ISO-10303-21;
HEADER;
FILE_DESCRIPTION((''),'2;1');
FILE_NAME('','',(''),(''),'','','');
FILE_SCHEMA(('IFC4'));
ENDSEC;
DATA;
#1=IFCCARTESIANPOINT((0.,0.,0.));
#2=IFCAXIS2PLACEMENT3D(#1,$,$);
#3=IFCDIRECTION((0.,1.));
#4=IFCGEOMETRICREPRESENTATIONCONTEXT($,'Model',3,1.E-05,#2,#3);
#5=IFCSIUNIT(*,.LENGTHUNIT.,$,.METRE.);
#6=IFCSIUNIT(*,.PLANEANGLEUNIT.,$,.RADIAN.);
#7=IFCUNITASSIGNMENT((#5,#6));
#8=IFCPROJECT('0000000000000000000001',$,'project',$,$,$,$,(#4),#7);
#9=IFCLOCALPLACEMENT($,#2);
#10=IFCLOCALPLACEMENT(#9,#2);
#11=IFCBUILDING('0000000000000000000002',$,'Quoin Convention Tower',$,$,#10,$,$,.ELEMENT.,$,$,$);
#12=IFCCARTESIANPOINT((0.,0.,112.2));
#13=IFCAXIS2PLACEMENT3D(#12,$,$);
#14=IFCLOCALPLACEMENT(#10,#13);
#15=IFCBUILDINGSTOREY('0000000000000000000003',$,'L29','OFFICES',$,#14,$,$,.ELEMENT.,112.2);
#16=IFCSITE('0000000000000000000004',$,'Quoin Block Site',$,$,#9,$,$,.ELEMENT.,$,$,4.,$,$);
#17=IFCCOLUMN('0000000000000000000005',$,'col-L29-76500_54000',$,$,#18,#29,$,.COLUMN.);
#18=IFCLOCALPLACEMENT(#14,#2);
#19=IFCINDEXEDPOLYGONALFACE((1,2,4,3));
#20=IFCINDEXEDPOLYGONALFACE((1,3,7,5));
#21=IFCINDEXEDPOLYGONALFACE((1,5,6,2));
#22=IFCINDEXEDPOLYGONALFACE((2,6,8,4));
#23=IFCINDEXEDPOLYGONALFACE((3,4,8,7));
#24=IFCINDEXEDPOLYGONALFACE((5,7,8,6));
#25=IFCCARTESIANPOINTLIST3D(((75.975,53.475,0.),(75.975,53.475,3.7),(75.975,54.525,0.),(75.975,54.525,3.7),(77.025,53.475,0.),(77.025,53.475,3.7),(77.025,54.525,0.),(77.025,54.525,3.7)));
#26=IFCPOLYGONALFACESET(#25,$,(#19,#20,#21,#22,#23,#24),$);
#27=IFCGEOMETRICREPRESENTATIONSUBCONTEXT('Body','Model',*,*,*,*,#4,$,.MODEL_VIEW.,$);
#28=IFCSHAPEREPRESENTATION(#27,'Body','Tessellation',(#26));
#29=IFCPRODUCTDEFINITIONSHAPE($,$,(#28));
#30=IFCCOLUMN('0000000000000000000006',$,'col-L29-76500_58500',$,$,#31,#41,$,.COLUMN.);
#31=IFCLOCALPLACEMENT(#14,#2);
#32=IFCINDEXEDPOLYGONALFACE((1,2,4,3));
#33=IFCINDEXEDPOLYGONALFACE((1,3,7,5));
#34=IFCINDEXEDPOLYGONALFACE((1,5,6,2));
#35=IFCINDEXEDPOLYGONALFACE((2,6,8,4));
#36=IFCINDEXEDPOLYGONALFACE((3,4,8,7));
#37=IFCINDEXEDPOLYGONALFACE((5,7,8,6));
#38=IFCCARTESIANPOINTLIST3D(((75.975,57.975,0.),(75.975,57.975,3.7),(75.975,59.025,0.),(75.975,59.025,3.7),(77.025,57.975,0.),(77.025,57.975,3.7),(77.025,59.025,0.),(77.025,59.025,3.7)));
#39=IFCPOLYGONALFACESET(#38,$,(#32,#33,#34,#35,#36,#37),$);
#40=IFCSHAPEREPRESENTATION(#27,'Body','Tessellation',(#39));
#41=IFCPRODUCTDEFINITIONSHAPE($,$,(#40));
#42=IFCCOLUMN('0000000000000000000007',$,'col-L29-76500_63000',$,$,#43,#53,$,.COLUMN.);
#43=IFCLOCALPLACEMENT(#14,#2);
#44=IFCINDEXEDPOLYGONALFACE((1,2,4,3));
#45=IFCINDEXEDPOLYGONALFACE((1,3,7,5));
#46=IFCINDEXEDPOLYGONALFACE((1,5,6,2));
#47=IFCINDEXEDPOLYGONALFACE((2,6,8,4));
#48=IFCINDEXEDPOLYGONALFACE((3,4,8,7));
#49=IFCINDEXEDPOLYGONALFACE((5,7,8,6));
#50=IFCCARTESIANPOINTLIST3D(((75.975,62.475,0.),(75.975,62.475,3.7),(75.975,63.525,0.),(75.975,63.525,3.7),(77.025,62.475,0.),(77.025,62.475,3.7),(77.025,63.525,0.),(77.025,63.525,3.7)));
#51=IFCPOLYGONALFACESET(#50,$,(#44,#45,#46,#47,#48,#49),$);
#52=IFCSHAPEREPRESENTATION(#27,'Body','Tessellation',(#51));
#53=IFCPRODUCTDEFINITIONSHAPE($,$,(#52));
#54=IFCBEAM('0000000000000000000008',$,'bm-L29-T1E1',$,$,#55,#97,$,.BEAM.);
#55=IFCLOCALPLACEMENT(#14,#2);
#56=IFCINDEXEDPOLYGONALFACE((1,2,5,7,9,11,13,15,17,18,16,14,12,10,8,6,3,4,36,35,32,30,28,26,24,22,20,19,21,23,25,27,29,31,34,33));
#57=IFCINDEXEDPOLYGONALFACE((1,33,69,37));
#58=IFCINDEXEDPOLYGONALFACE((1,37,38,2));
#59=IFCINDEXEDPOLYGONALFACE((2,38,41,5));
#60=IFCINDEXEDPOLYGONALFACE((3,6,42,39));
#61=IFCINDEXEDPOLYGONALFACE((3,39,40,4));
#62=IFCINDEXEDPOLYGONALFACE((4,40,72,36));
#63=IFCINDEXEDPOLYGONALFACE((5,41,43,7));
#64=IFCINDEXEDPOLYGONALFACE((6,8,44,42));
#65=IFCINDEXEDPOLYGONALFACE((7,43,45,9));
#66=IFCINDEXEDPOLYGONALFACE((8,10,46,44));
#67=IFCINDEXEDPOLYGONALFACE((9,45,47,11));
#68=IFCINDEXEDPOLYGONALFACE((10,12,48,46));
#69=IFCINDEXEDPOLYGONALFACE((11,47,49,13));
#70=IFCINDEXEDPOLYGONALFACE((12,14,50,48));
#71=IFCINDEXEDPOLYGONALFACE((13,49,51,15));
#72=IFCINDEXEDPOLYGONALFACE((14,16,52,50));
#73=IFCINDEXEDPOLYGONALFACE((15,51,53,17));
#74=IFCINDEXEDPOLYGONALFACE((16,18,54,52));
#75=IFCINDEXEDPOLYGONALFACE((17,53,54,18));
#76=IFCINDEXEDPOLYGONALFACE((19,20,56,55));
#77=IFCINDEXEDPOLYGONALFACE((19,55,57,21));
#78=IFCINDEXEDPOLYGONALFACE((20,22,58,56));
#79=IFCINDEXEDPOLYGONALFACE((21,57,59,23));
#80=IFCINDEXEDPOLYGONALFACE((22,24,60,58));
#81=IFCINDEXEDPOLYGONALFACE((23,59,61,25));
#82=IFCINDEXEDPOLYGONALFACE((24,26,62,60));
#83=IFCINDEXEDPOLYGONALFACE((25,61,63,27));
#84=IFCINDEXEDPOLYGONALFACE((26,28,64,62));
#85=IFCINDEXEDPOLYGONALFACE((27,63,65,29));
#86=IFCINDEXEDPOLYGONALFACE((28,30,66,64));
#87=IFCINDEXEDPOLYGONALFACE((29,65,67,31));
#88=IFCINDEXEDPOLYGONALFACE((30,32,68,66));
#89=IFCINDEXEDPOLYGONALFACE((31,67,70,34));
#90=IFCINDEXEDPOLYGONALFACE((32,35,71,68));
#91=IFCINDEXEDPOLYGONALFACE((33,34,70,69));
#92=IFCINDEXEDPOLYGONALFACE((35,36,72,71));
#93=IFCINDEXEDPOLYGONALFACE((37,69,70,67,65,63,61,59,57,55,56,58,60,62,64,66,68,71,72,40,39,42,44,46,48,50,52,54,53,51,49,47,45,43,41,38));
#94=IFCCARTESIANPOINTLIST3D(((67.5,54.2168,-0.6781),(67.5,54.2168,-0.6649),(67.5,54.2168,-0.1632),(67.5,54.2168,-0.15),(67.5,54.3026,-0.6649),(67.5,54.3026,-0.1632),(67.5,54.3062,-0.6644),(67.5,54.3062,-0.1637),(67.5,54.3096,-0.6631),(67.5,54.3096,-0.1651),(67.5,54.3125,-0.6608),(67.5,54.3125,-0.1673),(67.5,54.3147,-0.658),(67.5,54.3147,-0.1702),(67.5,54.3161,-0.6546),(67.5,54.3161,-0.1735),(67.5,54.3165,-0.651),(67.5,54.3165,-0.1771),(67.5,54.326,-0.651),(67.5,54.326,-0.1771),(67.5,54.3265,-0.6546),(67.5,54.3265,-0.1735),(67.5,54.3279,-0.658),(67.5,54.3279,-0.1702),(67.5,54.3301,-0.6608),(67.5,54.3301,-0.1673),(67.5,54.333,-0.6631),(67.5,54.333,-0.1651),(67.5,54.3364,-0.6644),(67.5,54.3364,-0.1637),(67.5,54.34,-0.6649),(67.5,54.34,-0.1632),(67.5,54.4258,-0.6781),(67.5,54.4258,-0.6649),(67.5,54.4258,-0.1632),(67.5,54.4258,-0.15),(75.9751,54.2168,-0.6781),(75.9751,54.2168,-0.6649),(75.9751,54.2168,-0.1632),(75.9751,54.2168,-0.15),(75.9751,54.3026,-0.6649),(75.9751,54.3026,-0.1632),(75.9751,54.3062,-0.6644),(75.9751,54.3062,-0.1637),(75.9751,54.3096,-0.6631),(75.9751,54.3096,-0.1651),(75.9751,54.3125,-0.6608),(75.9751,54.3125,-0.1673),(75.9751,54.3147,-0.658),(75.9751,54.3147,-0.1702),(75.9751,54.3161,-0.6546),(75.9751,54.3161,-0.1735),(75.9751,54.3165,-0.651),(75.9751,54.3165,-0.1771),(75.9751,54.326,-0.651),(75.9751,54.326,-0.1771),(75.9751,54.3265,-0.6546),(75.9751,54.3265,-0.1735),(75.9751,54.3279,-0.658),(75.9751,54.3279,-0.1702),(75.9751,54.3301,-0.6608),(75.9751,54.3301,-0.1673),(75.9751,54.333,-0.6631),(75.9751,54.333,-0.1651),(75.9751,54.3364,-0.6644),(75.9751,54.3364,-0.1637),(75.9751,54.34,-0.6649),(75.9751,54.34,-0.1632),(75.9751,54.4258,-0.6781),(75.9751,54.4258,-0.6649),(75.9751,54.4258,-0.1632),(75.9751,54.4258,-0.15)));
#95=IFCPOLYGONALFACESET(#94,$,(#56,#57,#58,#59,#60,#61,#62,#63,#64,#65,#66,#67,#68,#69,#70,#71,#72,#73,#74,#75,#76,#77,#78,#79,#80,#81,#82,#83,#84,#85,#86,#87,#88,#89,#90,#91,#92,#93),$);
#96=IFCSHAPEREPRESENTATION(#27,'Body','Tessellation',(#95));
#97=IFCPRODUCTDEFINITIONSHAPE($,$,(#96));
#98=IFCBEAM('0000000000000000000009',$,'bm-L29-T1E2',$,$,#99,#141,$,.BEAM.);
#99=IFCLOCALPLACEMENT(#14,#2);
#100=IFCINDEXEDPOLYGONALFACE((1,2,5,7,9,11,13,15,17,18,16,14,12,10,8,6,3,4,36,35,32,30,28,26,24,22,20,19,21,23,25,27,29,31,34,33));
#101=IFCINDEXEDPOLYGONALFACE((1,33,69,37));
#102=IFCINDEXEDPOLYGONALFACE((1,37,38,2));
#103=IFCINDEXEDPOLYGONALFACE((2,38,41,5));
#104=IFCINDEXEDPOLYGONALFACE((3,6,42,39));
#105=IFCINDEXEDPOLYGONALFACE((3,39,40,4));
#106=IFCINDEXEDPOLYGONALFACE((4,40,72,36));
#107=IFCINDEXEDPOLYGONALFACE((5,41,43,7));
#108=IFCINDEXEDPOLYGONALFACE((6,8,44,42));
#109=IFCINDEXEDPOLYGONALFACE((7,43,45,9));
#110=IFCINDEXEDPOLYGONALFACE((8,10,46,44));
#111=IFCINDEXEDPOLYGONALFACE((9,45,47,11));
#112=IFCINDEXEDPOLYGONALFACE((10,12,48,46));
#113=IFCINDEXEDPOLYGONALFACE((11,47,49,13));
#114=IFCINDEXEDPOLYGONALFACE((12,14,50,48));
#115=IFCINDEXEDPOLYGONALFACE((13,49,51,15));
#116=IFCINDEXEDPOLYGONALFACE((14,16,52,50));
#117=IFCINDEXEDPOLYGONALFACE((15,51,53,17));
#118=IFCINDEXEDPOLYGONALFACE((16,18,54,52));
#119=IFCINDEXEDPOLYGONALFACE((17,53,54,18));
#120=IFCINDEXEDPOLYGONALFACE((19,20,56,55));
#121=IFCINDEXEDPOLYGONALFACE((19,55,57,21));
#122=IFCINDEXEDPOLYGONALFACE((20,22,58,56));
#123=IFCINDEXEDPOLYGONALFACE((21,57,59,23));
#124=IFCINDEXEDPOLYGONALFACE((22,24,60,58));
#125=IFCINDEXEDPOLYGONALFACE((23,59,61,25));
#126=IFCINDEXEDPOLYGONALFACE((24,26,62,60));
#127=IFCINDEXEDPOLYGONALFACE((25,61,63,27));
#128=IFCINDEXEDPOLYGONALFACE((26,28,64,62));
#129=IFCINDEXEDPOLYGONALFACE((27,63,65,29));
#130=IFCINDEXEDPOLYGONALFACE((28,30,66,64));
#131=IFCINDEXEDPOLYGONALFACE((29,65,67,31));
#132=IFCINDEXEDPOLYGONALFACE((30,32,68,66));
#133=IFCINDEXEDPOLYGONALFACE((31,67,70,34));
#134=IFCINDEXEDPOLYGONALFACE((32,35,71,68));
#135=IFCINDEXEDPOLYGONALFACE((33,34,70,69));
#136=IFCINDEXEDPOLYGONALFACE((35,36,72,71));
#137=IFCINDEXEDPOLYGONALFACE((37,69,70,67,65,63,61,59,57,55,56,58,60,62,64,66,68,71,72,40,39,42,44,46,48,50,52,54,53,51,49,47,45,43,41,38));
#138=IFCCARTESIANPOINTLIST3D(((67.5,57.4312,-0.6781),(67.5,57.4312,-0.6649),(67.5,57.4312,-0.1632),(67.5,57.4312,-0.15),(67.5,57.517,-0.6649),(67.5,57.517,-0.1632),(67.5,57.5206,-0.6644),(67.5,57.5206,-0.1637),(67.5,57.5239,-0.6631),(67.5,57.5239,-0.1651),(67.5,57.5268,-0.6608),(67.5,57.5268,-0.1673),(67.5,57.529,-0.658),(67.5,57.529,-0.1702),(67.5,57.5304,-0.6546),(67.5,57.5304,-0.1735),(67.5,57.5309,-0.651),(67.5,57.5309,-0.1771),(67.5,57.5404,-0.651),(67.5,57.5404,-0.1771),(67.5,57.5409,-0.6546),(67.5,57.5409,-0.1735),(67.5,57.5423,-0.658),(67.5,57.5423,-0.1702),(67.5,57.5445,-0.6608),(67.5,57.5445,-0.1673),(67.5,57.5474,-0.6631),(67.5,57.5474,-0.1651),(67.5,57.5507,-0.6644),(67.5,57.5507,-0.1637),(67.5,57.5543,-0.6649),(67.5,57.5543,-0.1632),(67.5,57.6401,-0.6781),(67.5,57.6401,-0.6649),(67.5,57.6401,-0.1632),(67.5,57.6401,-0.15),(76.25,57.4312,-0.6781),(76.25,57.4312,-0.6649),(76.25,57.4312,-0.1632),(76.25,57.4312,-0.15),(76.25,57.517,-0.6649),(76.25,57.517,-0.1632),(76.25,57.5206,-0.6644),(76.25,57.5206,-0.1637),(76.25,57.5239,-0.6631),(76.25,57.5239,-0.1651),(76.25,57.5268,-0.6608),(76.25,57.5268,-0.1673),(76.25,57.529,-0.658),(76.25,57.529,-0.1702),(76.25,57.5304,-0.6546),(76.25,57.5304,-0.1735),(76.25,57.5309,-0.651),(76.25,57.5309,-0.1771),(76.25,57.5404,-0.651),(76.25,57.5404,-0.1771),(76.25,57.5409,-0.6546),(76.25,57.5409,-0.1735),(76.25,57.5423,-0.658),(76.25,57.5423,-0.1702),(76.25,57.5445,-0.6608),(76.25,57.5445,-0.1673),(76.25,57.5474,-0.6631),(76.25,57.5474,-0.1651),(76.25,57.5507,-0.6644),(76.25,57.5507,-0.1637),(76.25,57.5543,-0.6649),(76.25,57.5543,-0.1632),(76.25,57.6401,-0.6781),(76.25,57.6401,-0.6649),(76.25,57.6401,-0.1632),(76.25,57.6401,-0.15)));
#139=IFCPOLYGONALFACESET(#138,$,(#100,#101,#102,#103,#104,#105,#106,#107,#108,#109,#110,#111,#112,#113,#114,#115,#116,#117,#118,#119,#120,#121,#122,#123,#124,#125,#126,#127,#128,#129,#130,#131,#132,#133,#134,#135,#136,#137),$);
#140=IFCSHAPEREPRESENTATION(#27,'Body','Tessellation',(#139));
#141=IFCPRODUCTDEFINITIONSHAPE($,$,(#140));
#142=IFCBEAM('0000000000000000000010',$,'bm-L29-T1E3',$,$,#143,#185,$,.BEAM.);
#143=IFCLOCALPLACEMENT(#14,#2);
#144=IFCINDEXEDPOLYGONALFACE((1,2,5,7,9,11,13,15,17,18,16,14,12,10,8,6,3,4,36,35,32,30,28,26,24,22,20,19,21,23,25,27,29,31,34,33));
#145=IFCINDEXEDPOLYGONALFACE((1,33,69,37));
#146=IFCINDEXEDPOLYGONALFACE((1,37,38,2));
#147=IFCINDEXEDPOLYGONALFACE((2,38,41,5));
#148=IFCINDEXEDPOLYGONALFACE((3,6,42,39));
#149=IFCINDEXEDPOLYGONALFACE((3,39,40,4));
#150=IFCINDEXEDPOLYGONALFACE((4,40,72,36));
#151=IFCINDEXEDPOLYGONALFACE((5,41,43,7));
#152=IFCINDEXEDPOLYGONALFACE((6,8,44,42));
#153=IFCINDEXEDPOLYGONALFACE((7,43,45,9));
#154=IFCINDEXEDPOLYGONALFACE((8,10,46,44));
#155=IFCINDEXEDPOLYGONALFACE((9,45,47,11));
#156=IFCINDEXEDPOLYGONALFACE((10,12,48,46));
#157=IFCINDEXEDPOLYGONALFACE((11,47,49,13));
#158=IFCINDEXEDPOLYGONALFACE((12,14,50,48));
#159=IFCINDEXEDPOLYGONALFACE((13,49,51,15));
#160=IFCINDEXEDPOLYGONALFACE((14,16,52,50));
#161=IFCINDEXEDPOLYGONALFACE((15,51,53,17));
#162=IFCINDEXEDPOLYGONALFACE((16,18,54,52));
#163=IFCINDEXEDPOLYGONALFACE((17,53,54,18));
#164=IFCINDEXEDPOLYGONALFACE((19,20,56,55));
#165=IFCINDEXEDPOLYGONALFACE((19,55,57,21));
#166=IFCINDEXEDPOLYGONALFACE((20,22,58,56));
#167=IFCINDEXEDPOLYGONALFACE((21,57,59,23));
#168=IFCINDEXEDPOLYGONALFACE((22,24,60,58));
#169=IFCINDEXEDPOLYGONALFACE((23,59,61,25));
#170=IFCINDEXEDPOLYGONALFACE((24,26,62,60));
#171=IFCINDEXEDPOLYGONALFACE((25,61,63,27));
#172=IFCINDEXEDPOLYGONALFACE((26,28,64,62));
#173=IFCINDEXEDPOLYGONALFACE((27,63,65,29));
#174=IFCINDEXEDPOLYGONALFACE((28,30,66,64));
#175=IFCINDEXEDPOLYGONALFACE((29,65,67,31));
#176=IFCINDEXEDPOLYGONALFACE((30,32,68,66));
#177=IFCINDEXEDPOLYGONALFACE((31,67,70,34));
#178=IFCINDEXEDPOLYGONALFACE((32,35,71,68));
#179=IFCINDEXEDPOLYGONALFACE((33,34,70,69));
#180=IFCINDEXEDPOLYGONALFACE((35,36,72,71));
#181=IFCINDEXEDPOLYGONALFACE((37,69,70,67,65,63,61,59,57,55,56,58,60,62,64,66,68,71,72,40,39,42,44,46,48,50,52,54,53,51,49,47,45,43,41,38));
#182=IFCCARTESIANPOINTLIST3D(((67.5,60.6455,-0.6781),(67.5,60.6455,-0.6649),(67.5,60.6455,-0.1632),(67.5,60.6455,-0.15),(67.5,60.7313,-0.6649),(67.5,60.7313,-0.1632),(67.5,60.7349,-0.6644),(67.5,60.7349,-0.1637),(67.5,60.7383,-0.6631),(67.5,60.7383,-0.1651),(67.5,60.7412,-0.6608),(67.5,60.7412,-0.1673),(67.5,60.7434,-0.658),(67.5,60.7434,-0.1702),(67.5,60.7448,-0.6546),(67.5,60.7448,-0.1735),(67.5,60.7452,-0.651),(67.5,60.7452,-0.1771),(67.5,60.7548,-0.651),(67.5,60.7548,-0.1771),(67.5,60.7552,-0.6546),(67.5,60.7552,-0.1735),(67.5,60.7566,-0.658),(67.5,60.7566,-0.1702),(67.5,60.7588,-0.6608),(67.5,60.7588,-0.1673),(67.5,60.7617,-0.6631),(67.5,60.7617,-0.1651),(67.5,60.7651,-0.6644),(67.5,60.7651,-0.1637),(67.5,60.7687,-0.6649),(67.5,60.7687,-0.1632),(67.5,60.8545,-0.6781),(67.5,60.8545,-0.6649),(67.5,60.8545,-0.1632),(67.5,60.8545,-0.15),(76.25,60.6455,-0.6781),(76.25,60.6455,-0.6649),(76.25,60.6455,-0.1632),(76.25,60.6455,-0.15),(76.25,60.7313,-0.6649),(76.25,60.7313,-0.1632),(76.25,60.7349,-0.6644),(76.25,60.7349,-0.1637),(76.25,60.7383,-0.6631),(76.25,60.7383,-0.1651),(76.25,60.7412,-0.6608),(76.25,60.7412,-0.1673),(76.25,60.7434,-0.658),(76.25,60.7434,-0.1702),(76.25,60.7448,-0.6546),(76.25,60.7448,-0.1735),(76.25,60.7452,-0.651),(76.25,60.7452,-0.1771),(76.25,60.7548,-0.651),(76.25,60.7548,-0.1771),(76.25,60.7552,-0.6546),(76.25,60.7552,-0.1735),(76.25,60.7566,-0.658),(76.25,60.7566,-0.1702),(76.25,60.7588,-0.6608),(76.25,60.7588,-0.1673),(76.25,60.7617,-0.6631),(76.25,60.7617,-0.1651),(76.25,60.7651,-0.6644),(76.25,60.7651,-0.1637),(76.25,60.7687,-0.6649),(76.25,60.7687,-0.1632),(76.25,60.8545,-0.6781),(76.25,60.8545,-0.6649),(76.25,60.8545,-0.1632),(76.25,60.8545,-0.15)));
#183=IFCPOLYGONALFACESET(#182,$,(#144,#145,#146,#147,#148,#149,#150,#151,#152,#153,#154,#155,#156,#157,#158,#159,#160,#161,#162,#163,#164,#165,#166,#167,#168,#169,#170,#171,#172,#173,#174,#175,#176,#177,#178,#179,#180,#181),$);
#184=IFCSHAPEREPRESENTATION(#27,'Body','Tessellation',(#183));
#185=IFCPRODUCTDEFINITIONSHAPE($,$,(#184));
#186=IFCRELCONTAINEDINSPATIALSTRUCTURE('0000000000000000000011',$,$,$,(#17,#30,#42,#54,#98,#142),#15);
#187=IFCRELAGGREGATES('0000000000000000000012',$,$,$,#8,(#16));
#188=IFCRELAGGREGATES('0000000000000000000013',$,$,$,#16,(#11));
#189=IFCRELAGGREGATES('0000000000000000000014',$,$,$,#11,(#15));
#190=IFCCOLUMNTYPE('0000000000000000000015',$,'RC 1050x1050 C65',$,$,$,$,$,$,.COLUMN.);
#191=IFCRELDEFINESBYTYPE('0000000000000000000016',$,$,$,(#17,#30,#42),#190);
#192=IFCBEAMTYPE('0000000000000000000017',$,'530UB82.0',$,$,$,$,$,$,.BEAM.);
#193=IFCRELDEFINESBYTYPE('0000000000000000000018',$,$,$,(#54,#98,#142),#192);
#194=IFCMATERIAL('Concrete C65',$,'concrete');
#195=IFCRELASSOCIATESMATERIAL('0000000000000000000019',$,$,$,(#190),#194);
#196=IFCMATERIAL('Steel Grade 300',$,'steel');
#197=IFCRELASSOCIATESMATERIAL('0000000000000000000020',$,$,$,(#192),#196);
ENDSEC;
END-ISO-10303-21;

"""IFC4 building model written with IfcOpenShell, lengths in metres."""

from ifc_helpers import new_model, si_unit, direction, frame, origin, origin_2d, place, context, subcontext, project, spatial, rectangle, i_section, extrude, material, material_profile, profile_set, type_object, element, save


model = new_model("IFC4")

# Units and contexts
model_context = context("Model", 3, precision=1e-05, world=origin(), true_north=direction((0.0, 1.0)))
body_context = subcontext(model_context, "Body", "Model", "MODEL_VIEW")
ifc_project = project(units=[si_unit("LENGTHUNIT", "METRE"), si_unit("PLANEANGLEUNIT", "RADIAN")], contexts=[model_context])

# Site, building, storey
site_placement = place(None, origin())
site = spatial("IfcSite", under=ifc_project, at=site_placement, Name="Quoin Block Site", CompositionType="ELEMENT", RefElevation=4.0)
building_placement = place(site_placement, origin())
building = spatial("IfcBuilding", under=site, at=building_placement, Name="Quoin Convention Tower", CompositionType="ELEMENT")
storey_placement = place(building_placement, frame((0.0, 0.0, 112.2)))
storey = spatial("IfcBuildingStorey", under=building, at=storey_placement, Name="L29", Description="OFFICES", CompositionType="ELEMENT", Elevation=112.2)

# Columns
ifc_material_1 = material(Name="Concrete C65", Category="concrete")
ifc_material_profile_1 = material_profile(ifc_material_1, rectangle(XDim=1.05, YDim=1.05, at=origin_2d()), Name="RC 1050x1050")
ifc_profile_set_1 = profile_set([ifc_material_profile_1], Name="Concrete C65")
column_type = type_object("IfcColumnType", Name="RC 1050x1050 C65", PredefinedType="COLUMN", material=ifc_profile_set_1)
for number, where, z_axis, x_axis, name in (
    (1, (76.5, 54.0, 0.0), (0.0, 0.0, 1.0), (1.0, 0.0, 0.0), "col-L29-76500_54000"),
    (2, (76.5, 58.5, 0.0), (0.0, 0.0, 1.0), (1.0, 0.0, 0.0), "col-L29-76500_58500"),
    (3, (76.5, 63.0, 0.0), (0.0, 0.0, 1.0), (1.0, 0.0, 0.0), "col-L29-76500_63000"),
):
    element("IfcColumn", number, at=place(storey_placement, frame(where, z_axis=z_axis, x_axis=x_axis)), inside=storey, type_object=column_type, Name=name, PredefinedType="COLUMN", context=body_context, shape_type="SweptSolid", body=[
        extrude(rectangle(XDim=1.05, YDim=1.05, at=origin_2d()), origin(), (0.0, 0.0, 1.0), 3.7),
    ])

# Beams
ifc_material_2 = material(Name="Steel Grade 300", Category="steel")
ifc_material_profile_2 = material_profile(ifc_material_2, i_section(OverallWidth=0.209, OverallDepth=0.5281, WebThickness=0.0095, FlangeThickness=0.0132, FilletRadius=0.0139, at=origin_2d()), Name="530UB82.0")
ifc_profile_set_2 = profile_set([ifc_material_profile_2], Name="Steel Grade 300")
beam_type_1 = type_object("IfcBeamType", Name="530UB82.0", PredefinedType="BEAM", material=ifc_profile_set_2)
beam_1_placement = place(storey_placement, frame((67.5, 54.3213, -0.4141), z_axis=(1.0, 0.0, 0.0), x_axis=(0.0, 1.0, 0.0)))
element("IfcBeam", 4, at=beam_1_placement, inside=storey, type_object=beam_type_1, Name="bm-L29-T1E1", PredefinedType="BEAM", context=body_context, shape_type="SweptSolid", body=[
    extrude(i_section(OverallWidth=0.209, OverallDepth=0.5281, WebThickness=0.0095, FlangeThickness=0.0132, FilletRadius=0.0139, at=origin_2d()), origin(), (0.0, 0.0, 1.0), 8.4751),
])
for number, where, z_axis, x_axis, name in (
    (5, (67.5, 57.5356, -0.4141), (1.0, 0.0, 0.0), (0.0, 1.0, 0.0), "bm-L29-T1E2"),
    (6, (67.5, 60.75, -0.4141), (1.0, 0.0, 0.0), (0.0, 1.0, 0.0), "bm-L29-T1E3"),
):
    element("IfcBeam", number, at=place(storey_placement, frame(where, z_axis=z_axis, x_axis=x_axis)), inside=storey, type_object=beam_type_1, Name=name, PredefinedType="BEAM", context=body_context, shape_type="SweptSolid", body=[
        extrude(i_section(OverallWidth=0.209, OverallDepth=0.5281, WebThickness=0.0095, FlangeThickness=0.0132, FilletRadius=0.0139, at=origin_2d()), origin(), (0.0, 0.0, 1.0), 8.75),
    ])

save(model, "model.ifc")
